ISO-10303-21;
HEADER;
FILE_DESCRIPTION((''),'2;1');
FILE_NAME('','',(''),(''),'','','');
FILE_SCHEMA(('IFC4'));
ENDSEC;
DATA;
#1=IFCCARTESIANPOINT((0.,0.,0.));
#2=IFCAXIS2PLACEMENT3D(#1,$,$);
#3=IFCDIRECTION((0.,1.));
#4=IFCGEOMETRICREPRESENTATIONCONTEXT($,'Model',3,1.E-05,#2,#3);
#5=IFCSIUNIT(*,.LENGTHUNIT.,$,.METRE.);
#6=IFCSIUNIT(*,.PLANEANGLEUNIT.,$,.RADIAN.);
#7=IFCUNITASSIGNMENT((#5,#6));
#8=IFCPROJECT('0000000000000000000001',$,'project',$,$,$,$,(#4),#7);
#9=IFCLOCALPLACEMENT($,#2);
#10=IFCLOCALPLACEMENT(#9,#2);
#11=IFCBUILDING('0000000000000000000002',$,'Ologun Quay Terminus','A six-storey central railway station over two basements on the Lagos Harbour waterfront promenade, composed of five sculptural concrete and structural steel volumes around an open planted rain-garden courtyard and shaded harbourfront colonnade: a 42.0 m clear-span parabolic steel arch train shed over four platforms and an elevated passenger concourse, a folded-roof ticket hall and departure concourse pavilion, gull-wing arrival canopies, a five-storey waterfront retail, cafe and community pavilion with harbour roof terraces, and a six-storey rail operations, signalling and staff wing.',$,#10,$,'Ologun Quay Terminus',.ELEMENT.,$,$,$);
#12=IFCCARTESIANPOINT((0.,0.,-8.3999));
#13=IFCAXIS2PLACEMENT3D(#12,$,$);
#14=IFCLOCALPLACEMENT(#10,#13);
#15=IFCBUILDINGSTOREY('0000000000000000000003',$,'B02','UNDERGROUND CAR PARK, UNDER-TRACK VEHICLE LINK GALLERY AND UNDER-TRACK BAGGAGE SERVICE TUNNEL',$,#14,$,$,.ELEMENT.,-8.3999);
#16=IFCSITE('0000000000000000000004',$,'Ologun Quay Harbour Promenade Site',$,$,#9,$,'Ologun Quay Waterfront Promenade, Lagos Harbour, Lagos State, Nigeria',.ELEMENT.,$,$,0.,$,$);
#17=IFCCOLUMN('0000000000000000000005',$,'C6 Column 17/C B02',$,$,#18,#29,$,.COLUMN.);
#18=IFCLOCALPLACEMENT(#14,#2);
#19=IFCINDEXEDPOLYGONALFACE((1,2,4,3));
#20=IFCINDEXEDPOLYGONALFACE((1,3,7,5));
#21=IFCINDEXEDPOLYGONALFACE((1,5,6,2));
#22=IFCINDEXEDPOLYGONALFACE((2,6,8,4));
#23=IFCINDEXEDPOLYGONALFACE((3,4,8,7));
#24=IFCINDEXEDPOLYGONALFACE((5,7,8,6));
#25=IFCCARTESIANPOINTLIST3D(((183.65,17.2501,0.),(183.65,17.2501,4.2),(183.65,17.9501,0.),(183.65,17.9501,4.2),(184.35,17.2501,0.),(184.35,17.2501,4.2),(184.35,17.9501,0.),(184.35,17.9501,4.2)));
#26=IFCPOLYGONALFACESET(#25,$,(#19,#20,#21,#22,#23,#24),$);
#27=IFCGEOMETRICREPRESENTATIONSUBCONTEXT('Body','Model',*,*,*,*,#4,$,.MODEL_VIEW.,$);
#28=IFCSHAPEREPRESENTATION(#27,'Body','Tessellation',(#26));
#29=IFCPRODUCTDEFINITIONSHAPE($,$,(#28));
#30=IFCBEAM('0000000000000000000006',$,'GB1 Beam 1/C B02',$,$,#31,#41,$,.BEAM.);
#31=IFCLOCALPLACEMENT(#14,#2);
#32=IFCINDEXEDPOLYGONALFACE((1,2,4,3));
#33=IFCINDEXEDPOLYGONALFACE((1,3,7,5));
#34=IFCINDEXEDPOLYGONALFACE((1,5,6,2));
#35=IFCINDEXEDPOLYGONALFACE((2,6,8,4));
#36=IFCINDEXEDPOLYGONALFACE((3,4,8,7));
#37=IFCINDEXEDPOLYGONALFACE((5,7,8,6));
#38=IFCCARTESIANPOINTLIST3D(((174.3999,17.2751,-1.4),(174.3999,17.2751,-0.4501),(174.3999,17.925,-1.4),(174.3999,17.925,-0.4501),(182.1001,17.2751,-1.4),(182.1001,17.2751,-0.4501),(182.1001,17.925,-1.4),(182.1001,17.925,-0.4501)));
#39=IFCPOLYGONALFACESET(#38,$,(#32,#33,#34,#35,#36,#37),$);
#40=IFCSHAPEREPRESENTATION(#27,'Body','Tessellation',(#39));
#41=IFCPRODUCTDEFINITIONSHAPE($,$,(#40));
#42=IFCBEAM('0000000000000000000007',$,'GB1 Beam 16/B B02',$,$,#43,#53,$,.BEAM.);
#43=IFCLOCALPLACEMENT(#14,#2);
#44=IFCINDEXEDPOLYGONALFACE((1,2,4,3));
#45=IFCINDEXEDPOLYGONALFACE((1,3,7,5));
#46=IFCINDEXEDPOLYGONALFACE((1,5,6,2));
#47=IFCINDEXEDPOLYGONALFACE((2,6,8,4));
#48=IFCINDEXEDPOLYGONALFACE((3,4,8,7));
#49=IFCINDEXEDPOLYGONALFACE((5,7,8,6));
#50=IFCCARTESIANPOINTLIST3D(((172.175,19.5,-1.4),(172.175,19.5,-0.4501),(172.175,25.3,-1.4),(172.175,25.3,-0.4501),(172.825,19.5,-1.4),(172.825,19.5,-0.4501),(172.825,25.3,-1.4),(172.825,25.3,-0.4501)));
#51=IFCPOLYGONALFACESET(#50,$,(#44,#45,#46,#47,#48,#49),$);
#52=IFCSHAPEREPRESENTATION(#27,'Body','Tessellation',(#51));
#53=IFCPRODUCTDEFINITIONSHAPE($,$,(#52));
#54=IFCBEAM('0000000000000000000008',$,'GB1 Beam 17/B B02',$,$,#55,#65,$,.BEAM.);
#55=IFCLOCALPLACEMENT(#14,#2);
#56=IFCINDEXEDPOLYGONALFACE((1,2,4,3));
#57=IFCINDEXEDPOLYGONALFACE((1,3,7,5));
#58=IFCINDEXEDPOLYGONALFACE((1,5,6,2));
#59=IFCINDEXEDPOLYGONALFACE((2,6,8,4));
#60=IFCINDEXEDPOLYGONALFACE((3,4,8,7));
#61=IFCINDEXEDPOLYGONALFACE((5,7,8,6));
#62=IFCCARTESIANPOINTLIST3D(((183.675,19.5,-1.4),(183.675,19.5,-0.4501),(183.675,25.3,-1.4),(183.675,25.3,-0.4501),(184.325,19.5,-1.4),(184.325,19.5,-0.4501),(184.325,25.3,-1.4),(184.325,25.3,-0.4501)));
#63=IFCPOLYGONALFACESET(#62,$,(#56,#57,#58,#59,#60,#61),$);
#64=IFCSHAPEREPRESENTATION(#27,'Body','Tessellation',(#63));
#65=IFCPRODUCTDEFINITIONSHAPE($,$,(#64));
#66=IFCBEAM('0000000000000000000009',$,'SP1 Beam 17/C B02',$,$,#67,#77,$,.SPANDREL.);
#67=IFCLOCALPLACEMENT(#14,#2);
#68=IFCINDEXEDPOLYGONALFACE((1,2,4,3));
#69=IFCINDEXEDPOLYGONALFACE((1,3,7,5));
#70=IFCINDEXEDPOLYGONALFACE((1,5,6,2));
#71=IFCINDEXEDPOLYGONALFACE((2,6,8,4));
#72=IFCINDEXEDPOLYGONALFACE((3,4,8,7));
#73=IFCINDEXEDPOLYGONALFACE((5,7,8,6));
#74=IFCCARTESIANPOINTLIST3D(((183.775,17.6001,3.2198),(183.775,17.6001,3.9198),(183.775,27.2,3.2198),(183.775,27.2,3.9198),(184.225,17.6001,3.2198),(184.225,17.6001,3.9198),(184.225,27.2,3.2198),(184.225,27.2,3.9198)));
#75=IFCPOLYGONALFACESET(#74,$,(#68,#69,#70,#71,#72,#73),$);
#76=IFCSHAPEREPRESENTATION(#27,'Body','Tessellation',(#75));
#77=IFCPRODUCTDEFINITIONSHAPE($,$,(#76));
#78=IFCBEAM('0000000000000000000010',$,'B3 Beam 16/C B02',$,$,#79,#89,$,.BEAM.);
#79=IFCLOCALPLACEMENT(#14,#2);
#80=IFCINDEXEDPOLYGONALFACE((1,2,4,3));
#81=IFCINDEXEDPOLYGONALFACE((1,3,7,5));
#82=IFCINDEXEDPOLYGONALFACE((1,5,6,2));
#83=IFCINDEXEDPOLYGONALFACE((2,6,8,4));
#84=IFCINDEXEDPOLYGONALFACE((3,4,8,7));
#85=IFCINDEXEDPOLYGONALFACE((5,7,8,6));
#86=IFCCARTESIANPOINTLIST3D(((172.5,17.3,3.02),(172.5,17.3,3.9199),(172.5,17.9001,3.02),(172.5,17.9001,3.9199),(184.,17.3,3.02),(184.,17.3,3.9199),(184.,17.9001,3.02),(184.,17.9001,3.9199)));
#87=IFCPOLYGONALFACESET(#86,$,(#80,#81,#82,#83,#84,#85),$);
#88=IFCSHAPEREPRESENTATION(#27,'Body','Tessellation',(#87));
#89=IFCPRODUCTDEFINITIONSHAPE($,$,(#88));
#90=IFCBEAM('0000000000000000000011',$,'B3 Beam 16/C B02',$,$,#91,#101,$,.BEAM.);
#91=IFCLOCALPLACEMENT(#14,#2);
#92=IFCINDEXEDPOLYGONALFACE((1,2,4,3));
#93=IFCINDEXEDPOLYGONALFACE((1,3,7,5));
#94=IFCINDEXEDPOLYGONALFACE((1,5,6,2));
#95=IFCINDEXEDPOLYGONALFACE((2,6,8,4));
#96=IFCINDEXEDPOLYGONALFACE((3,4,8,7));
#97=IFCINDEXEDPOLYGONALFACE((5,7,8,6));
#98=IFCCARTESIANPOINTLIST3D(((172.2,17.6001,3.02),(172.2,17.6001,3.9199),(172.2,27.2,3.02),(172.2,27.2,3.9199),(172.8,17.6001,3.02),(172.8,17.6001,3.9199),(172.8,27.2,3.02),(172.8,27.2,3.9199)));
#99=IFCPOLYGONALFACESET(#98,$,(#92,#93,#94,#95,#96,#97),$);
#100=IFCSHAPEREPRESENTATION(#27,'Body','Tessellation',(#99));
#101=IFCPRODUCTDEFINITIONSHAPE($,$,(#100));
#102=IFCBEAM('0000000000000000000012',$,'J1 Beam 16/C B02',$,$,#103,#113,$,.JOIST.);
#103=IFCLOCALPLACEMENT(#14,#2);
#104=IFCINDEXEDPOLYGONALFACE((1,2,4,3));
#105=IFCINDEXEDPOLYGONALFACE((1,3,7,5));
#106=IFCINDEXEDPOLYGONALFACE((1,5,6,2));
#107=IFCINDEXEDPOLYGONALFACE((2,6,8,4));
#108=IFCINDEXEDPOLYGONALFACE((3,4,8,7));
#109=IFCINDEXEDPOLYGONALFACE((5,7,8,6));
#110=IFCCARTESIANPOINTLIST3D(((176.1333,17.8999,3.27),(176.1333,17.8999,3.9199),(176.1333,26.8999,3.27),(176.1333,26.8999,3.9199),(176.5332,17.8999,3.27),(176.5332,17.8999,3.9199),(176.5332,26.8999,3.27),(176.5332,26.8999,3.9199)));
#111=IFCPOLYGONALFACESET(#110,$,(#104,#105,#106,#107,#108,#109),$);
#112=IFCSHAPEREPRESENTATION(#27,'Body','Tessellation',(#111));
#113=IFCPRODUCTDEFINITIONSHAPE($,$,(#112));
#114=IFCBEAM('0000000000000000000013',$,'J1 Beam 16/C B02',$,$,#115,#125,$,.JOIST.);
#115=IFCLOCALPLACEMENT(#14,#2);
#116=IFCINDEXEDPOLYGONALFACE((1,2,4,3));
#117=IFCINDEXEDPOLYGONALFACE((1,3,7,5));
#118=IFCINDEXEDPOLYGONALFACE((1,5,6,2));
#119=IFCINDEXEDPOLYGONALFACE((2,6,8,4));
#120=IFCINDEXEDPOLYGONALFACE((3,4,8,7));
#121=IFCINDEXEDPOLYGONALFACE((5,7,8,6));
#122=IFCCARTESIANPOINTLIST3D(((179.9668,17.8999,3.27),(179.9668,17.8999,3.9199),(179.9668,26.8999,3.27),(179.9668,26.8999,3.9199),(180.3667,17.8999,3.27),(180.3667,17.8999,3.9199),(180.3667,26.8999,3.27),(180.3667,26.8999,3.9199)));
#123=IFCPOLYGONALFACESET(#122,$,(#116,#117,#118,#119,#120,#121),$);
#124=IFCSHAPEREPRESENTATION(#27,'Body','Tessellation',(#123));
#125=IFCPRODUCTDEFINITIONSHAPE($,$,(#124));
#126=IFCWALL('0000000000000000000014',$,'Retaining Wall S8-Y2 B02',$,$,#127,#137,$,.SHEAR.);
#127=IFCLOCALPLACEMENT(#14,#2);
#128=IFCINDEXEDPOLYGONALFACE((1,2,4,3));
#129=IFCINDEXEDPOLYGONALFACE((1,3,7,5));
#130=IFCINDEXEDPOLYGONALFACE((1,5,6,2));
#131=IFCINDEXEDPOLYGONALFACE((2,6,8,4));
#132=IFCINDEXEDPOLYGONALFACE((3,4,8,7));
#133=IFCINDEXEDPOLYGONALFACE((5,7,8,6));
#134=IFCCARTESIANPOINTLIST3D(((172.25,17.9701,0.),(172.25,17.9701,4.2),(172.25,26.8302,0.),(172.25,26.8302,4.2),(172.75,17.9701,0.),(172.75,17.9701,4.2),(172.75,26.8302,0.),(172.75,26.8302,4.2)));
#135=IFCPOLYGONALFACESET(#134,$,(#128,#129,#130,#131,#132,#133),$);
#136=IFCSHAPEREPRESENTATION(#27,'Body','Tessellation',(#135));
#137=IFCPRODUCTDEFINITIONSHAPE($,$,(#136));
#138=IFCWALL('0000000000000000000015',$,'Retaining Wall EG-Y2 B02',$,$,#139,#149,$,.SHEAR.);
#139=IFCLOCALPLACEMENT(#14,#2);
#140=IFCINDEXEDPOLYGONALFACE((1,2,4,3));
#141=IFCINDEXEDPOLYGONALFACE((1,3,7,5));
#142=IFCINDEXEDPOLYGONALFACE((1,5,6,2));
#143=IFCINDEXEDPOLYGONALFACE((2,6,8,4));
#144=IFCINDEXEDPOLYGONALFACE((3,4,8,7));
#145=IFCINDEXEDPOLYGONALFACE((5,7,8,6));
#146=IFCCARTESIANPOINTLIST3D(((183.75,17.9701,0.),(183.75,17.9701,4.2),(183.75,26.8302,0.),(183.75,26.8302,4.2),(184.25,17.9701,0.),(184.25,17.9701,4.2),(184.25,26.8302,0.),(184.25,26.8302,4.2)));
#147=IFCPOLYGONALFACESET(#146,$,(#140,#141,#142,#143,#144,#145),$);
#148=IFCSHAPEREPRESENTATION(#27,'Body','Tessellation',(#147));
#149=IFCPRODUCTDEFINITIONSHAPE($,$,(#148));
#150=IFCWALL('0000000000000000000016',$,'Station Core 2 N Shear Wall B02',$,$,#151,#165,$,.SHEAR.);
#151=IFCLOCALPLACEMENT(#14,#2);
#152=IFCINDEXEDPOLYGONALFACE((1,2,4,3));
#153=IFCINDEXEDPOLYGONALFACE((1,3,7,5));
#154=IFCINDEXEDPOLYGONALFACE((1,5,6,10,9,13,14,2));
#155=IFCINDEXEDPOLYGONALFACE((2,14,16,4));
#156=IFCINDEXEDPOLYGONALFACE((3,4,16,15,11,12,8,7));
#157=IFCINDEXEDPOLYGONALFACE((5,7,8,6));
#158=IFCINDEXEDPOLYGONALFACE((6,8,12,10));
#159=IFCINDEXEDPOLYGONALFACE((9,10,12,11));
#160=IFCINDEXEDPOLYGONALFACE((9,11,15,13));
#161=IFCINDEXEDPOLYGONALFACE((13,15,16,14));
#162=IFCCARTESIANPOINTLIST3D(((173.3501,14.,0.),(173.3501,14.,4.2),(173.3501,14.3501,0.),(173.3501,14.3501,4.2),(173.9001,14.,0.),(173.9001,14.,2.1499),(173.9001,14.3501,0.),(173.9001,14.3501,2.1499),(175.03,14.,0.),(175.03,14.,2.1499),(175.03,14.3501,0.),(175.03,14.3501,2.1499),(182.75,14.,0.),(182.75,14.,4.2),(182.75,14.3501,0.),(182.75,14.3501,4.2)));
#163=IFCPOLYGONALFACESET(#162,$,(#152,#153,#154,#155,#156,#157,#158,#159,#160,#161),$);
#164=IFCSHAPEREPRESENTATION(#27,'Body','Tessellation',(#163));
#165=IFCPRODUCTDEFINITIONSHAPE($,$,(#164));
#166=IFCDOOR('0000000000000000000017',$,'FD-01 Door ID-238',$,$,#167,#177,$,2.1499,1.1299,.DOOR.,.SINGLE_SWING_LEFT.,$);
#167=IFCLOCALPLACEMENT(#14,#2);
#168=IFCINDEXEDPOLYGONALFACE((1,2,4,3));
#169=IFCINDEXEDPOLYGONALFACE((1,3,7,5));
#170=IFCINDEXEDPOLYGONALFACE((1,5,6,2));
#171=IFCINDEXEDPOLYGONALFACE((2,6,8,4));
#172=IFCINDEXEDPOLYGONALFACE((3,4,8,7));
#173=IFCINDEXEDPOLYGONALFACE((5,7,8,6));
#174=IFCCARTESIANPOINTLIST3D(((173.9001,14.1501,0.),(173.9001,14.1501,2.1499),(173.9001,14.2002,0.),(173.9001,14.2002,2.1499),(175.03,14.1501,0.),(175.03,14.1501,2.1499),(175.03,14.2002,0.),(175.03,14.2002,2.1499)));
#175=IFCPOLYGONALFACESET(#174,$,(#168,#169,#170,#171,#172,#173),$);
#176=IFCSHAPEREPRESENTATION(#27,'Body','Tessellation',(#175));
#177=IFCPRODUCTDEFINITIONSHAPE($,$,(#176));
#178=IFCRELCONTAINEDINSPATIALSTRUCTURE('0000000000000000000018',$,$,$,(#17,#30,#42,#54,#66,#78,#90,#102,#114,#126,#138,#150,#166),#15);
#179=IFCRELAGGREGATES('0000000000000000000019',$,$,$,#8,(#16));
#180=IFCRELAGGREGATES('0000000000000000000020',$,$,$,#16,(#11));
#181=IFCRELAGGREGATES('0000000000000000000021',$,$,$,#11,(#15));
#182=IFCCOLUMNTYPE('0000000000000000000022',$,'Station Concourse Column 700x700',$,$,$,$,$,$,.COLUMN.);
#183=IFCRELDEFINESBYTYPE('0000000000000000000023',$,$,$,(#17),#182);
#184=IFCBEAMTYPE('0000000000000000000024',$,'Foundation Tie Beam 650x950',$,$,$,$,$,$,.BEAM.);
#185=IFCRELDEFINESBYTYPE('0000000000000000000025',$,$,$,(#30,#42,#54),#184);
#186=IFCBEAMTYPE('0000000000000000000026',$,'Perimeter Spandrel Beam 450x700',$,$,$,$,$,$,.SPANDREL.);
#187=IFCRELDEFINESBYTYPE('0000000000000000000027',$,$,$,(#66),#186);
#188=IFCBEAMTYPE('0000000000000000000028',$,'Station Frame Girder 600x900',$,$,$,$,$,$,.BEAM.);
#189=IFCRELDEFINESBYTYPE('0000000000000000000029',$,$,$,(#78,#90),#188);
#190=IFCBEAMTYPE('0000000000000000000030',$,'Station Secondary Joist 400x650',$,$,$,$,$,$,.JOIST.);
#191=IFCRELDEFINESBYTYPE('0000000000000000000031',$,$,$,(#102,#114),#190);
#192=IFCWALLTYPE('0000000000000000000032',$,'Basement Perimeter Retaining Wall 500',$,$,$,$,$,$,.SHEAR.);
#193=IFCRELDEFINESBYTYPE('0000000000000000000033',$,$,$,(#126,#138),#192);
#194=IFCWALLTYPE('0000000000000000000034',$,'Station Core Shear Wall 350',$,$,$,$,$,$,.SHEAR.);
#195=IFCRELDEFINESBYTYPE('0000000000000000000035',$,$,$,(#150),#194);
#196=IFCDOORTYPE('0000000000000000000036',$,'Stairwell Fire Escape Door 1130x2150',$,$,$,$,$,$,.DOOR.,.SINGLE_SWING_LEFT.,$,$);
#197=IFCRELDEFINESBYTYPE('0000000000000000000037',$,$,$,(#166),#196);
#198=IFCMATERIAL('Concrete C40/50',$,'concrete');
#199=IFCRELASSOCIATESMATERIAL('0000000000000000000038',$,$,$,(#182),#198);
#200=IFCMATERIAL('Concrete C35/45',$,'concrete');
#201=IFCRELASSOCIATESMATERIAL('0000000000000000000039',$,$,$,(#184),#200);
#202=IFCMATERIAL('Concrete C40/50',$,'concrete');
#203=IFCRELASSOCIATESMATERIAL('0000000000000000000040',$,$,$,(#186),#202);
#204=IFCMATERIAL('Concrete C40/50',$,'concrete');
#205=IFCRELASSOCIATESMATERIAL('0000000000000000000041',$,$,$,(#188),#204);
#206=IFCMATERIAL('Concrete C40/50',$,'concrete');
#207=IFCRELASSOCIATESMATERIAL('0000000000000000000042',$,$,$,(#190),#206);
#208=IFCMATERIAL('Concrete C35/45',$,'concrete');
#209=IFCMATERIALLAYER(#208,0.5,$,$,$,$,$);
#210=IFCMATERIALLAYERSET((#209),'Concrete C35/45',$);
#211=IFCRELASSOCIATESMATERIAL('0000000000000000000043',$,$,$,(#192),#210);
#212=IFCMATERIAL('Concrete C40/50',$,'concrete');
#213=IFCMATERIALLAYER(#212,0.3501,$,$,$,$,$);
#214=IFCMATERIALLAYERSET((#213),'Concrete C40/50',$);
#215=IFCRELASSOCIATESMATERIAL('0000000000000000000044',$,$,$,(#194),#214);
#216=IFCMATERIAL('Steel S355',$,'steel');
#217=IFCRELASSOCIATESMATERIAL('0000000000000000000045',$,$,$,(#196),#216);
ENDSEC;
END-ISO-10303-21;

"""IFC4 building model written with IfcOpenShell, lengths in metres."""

from ifc_helpers import new_model, si_unit, direction, frame, frame_2d, origin, origin_2d, place, context, subcontext, project, spatial, rectangle, extrude, material, layer, layer_set, material_profile, profile_set, type_object, element, fill, save


model = new_model("IFC4")

# Units and contexts
model_context = context("Model", 3, precision=1e-05, world=origin(), true_north=direction((0.0, 1.0)))
body_context = subcontext(model_context, "Body", "Model", "MODEL_VIEW")
ifc_project = project(units=[si_unit("LENGTHUNIT", "METRE"), si_unit("PLANEANGLEUNIT", "RADIAN")], contexts=[model_context])

# Site, building, storey
site_placement = place(None, origin())
site = spatial("IfcSite", under=ifc_project, at=site_placement, Name="Ologun Quay Harbour Promenade Site", LongName="Ologun Quay Waterfront Promenade, Lagos Harbour, Lagos State, Nigeria", CompositionType="ELEMENT", RefElevation=0.0)
building_placement = place(site_placement, origin())
building = spatial("IfcBuilding", under=site, at=building_placement, Name="Ologun Quay Terminus", Description="A six-storey central railway station over two basements on the Lagos Harbour waterfront promenade, composed of five sculptural concrete and structural steel volumes around an open planted rain-garden courtyard and shaded harbourfront colonnade: a 42.0 m clear-span parabolic steel arch train shed over four platforms and an elevated passenger concourse, a folded-roof ticket hall and departure concourse pavilion, gull-wing arrival canopies, a five-storey waterfront retail, cafe and community pavilion with harbour roof terraces, and a six-storey rail operations, signalling and staff wing.", LongName="Ologun Quay Terminus", CompositionType="ELEMENT")
storey_placement = place(building_placement, frame((0.0, 0.0, -8.3999)))
storey = spatial("IfcBuildingStorey", under=building, at=storey_placement, Name="B02", Description="UNDERGROUND CAR PARK, UNDER-TRACK VEHICLE LINK GALLERY AND UNDER-TRACK BAGGAGE SERVICE TUNNEL", CompositionType="ELEMENT", Elevation=-8.3999)

# Column
ifc_material_1 = material(Name="Concrete C40/50", Category="concrete")
ifc_material_profile_1 = material_profile(ifc_material_1, rectangle(XDim=0.7, YDim=0.7, at=origin_2d()), Name="RC 700x700")
ifc_profile_set_1 = profile_set([ifc_material_profile_1], Name="Concrete C40/50")
column_type = type_object("IfcColumnType", Name="Station Concourse Column 700x700", PredefinedType="COLUMN", material=ifc_profile_set_1)
for number, where, z_axis, x_axis, name in (
    (1, (184.0, 17.6001, 0.0), (0.0, 0.0, 1.0), (1.0, 0.0, 0.0), "C6 Column 17/C B02"),
):
    element("IfcColumn", number, at=place(storey_placement, frame(where, z_axis=z_axis, x_axis=x_axis)), inside=storey, type_object=column_type, Name=name, PredefinedType="COLUMN", context=body_context, shape_type="SweptSolid", body=[
        extrude(rectangle(XDim=0.7, YDim=0.7, at=origin_2d()), origin(), (0.0, 0.0, 1.0), 4.2),
    ])

# Beams
ifc_material_2 = material(Name="Concrete C35/45", Category="concrete")
ifc_material_profile_2 = material_profile(ifc_material_2, rectangle(XDim=0.6499, YDim=0.95, at=origin_2d()), Name="RC 650x950")
ifc_profile_set_2 = profile_set([ifc_material_profile_2], Name="Concrete C35/45")
beam_type_1 = type_object("IfcBeamType", Name="Foundation Tie Beam 650x950", PredefinedType="BEAM", material=ifc_profile_set_2)
beam_1_placement = place(storey_placement, frame((174.3999, 17.6001, -0.925), z_axis=(1.0, 0.0, 0.0), x_axis=(0.0, 1.0, 0.0)))
element("IfcBeam", 2, at=beam_1_placement, inside=storey, type_object=beam_type_1, Name="GB1 Beam 1/C B02", PredefinedType="BEAM", context=body_context, shape_type="SweptSolid", body=[
    extrude(rectangle(XDim=0.6499, YDim=0.95, at=origin_2d()), origin(), (0.0, 0.0, 1.0), 7.7002),
])
for number, where, z_axis, x_axis, name in (
    (3, (172.5, 19.5, -0.925), (0.0, 1.0, 0.0), (-1.0, 0.0, 0.0), "GB1 Beam 16/B B02"),
    (4, (184.0, 19.5, -0.925), (0.0, 1.0, 0.0), (-1.0, 0.0, 0.0), "GB1 Beam 17/B B02"),
):
    element("IfcBeam", number, at=place(storey_placement, frame(where, z_axis=z_axis, x_axis=x_axis)), inside=storey, type_object=beam_type_1, Name=name, PredefinedType="BEAM", context=body_context, shape_type="SweptSolid", body=[
        extrude(rectangle(XDim=0.6499, YDim=0.95, at=origin_2d()), origin(), (0.0, 0.0, 1.0), 5.8),
    ])
ifc_material_3 = material(Name="Concrete C40/50", Category="concrete")
ifc_material_profile_3 = material_profile(ifc_material_3, rectangle(XDim=0.45, YDim=0.7, at=origin_2d()), Name="RC 450x700")
ifc_profile_set_3 = profile_set([ifc_material_profile_3], Name="Concrete C40/50")
beam_type_2 = type_object("IfcBeamType", Name="Perimeter Spandrel Beam 450x700", PredefinedType="SPANDREL", material=ifc_profile_set_3)
beam_2_placement = place(storey_placement, frame((184.0, 17.6001, 3.5698), z_axis=(0.0, 1.0, 0.0), x_axis=(-1.0, 0.0, 0.0)))
element("IfcBeam", 5, at=beam_2_placement, inside=storey, type_object=beam_type_2, Name="SP1 Beam 17/C B02", PredefinedType="SPANDREL", context=body_context, shape_type="SweptSolid", body=[
    extrude(rectangle(XDim=0.45, YDim=0.7, at=origin_2d()), origin(), (0.0, 0.0, 1.0), 9.5999),
])
ifc_material_4 = material(Name="Concrete C40/50", Category="concrete")
ifc_material_profile_4 = material_profile(ifc_material_4, rectangle(XDim=0.6001, YDim=0.8999, at=origin_2d()), Name="RC 600x900")
ifc_profile_set_4 = profile_set([ifc_material_profile_4], Name="Concrete C40/50")
beam_type_3 = type_object("IfcBeamType", Name="Station Frame Girder 600x900", PredefinedType="BEAM", material=ifc_profile_set_4)
beam_3_placement = place(storey_placement, frame((172.5, 17.6001, 3.47), z_axis=(1.0, 0.0, 0.0), x_axis=(0.0, 1.0, 0.0)))
element("IfcBeam", 6, at=beam_3_placement, inside=storey, type_object=beam_type_3, Name="B3 Beam 16/C B02", PredefinedType="BEAM", context=body_context, shape_type="SweptSolid", body=[
    extrude(rectangle(XDim=0.6001, YDim=0.8999, at=origin_2d()), origin(), (0.0, 0.0, 1.0), 11.5),
])
beam_4_placement = place(storey_placement, frame((172.5, 17.6001, 3.47), z_axis=(0.0, 1.0, 0.0), x_axis=(-1.0, 0.0, 0.0)))
element("IfcBeam", 7, at=beam_4_placement, inside=storey, type_object=beam_type_3, Name="B3 Beam 16/C B02", PredefinedType="BEAM", context=body_context, shape_type="SweptSolid", body=[
    extrude(rectangle(XDim=0.6001, YDim=0.8999, at=origin_2d()), origin(), (0.0, 0.0, 1.0), 9.5999),
])
ifc_material_5 = material(Name="Concrete C40/50", Category="concrete")
ifc_material_profile_5 = material_profile(ifc_material_5, rectangle(XDim=0.3999, YDim=0.6499, at=origin_2d()), Name="RC 400x650")
ifc_profile_set_5 = profile_set([ifc_material_profile_5], Name="Concrete C40/50")
beam_type_4 = type_object("IfcBeamType", Name="Station Secondary Joist 400x650", PredefinedType="JOIST", material=ifc_profile_set_5)
for number, where, z_axis, x_axis, name in (
    (8, (176.3333, 17.8999, 3.595), (0.0, 1.0, 0.0), (-1.0, 0.0, 0.0), "J1 Beam 16/C B02"),
    (9, (180.1667, 17.8999, 3.595), (0.0, 1.0, 0.0), (-1.0, 0.0, 0.0), "J1 Beam 16/C B02"),
):
    element("IfcBeam", number, at=place(storey_placement, frame(where, z_axis=z_axis, x_axis=x_axis)), inside=storey, type_object=beam_type_4, Name=name, PredefinedType="JOIST", context=body_context, shape_type="SweptSolid", body=[
        extrude(rectangle(XDim=0.3999, YDim=0.6499, at=origin_2d()), origin(), (0.0, 0.0, 1.0), 9.0),
    ])

# Walls
ifc_material_6 = material(Name="Concrete C35/45", Category="concrete")
ifc_layer_1 = layer(ifc_material_6, 0.5)
ifc_layer_set_1 = layer_set([ifc_layer_1], Name="Concrete C35/45")
wall_type_1 = type_object("IfcWallType", Name="Basement Perimeter Retaining Wall 500", PredefinedType="SHEAR", material=ifc_layer_set_1)
for number, where, z_axis, x_axis, name in (
    (10, (172.5, 17.97, 0.0), (0.0, 0.0, 1.0), (0.0, 1.0, 0.0), "Retaining Wall S8-Y2 B02"),
    (11, (184.0, 17.97, 0.0), (0.0, 0.0, 1.0), (0.0, 1.0, 0.0), "Retaining Wall EG-Y2 B02"),
):
    element("IfcWall", number, at=place(storey_placement, frame(where, z_axis=z_axis, x_axis=x_axis)), inside=storey, type_object=wall_type_1, Name=name, PredefinedType="SHEAR", context=body_context, shape_type="SweptSolid", body=[
        extrude(rectangle(XDim=8.8601, YDim=0.5, at=frame_2d((4.4302, 0.0))), origin(), (0.0, 0.0, 1.0), 4.2),
    ])

# Wall, opening, door
ifc_material_7 = material(Name="Concrete C40/50", Category="concrete")
ifc_layer_2 = layer(ifc_material_7, 0.3501)
ifc_layer_set_2 = layer_set([ifc_layer_2], Name="Concrete C40/50")
wall_type_2 = type_object("IfcWallType", Name="Station Core Shear Wall 350", PredefinedType="SHEAR", material=ifc_layer_set_2)
wall_placement = place(storey_placement, frame((173.3501, 14.175, 0.0), z_axis=(0.0, 0.0, 1.0), x_axis=(1.0, 0.0, 0.0)))
wall = element("IfcWall", 12, at=wall_placement, inside=storey, type_object=wall_type_2, Name="Station Core 2 N Shear Wall B02", PredefinedType="SHEAR", context=body_context, shape_type="SweptSolid", body=[
    extrude(rectangle(XDim=9.3999, YDim=0.3501, at=frame_2d((4.7, 0.0))), origin(), (0.0, 0.0, 1.0), 4.2),
])
opening_placement = place(wall_placement, frame((0.55, 0.0, 0.0)))
opening = element("IfcOpeningElement", 13, at=opening_placement, cuts=wall, PredefinedType="OPENING", context=body_context, shape_type="SweptSolid", body=[
    extrude(rectangle(XDim=1.1299, YDim=2.1499, at=frame_2d((0.5649, 1.075))), frame((0.0, 0.1851, 0.0), z_axis=(0.0, -1.0, 0.0), x_axis=(1.0, 0.0, 0.0)), (0.0, 0.0, 1.0), 0.3701),
])
ifc_material_8 = material(Name="Steel S355", Category="steel")
door_type = type_object("IfcDoorType", Name="Stairwell Fire Escape Door 1130x2150", OperationType="SINGLE_SWING_LEFT", PredefinedType="DOOR", material=ifc_material_8)
door_placement = place(opening_placement, frame((0.5649, 0.0, 0.0), z_axis=(0.0, 0.0, 1.0), x_axis=(-1.0, 0.0, 0.0)))
door = element("IfcDoor", 14, at=door_placement, inside=storey, type_object=door_type, Name="FD-01 Door ID-238", OperationType="SINGLE_SWING_LEFT", OverallHeight=2.1499, OverallWidth=1.1299, PredefinedType="DOOR", context=body_context, shape_type="SweptSolid", body=[
    extrude(rectangle(XDim=1.1299, YDim=2.1499, at=frame_2d((0.0, 1.075))), frame((0.0, 0.0249, 0.0), z_axis=(0.0, -1.0, 0.0), x_axis=(1.0, 0.0, 0.0)), (0.0, 0.0, 1.0), 0.05),
])
fill(opening, door)

save(model, "model.ifc")
